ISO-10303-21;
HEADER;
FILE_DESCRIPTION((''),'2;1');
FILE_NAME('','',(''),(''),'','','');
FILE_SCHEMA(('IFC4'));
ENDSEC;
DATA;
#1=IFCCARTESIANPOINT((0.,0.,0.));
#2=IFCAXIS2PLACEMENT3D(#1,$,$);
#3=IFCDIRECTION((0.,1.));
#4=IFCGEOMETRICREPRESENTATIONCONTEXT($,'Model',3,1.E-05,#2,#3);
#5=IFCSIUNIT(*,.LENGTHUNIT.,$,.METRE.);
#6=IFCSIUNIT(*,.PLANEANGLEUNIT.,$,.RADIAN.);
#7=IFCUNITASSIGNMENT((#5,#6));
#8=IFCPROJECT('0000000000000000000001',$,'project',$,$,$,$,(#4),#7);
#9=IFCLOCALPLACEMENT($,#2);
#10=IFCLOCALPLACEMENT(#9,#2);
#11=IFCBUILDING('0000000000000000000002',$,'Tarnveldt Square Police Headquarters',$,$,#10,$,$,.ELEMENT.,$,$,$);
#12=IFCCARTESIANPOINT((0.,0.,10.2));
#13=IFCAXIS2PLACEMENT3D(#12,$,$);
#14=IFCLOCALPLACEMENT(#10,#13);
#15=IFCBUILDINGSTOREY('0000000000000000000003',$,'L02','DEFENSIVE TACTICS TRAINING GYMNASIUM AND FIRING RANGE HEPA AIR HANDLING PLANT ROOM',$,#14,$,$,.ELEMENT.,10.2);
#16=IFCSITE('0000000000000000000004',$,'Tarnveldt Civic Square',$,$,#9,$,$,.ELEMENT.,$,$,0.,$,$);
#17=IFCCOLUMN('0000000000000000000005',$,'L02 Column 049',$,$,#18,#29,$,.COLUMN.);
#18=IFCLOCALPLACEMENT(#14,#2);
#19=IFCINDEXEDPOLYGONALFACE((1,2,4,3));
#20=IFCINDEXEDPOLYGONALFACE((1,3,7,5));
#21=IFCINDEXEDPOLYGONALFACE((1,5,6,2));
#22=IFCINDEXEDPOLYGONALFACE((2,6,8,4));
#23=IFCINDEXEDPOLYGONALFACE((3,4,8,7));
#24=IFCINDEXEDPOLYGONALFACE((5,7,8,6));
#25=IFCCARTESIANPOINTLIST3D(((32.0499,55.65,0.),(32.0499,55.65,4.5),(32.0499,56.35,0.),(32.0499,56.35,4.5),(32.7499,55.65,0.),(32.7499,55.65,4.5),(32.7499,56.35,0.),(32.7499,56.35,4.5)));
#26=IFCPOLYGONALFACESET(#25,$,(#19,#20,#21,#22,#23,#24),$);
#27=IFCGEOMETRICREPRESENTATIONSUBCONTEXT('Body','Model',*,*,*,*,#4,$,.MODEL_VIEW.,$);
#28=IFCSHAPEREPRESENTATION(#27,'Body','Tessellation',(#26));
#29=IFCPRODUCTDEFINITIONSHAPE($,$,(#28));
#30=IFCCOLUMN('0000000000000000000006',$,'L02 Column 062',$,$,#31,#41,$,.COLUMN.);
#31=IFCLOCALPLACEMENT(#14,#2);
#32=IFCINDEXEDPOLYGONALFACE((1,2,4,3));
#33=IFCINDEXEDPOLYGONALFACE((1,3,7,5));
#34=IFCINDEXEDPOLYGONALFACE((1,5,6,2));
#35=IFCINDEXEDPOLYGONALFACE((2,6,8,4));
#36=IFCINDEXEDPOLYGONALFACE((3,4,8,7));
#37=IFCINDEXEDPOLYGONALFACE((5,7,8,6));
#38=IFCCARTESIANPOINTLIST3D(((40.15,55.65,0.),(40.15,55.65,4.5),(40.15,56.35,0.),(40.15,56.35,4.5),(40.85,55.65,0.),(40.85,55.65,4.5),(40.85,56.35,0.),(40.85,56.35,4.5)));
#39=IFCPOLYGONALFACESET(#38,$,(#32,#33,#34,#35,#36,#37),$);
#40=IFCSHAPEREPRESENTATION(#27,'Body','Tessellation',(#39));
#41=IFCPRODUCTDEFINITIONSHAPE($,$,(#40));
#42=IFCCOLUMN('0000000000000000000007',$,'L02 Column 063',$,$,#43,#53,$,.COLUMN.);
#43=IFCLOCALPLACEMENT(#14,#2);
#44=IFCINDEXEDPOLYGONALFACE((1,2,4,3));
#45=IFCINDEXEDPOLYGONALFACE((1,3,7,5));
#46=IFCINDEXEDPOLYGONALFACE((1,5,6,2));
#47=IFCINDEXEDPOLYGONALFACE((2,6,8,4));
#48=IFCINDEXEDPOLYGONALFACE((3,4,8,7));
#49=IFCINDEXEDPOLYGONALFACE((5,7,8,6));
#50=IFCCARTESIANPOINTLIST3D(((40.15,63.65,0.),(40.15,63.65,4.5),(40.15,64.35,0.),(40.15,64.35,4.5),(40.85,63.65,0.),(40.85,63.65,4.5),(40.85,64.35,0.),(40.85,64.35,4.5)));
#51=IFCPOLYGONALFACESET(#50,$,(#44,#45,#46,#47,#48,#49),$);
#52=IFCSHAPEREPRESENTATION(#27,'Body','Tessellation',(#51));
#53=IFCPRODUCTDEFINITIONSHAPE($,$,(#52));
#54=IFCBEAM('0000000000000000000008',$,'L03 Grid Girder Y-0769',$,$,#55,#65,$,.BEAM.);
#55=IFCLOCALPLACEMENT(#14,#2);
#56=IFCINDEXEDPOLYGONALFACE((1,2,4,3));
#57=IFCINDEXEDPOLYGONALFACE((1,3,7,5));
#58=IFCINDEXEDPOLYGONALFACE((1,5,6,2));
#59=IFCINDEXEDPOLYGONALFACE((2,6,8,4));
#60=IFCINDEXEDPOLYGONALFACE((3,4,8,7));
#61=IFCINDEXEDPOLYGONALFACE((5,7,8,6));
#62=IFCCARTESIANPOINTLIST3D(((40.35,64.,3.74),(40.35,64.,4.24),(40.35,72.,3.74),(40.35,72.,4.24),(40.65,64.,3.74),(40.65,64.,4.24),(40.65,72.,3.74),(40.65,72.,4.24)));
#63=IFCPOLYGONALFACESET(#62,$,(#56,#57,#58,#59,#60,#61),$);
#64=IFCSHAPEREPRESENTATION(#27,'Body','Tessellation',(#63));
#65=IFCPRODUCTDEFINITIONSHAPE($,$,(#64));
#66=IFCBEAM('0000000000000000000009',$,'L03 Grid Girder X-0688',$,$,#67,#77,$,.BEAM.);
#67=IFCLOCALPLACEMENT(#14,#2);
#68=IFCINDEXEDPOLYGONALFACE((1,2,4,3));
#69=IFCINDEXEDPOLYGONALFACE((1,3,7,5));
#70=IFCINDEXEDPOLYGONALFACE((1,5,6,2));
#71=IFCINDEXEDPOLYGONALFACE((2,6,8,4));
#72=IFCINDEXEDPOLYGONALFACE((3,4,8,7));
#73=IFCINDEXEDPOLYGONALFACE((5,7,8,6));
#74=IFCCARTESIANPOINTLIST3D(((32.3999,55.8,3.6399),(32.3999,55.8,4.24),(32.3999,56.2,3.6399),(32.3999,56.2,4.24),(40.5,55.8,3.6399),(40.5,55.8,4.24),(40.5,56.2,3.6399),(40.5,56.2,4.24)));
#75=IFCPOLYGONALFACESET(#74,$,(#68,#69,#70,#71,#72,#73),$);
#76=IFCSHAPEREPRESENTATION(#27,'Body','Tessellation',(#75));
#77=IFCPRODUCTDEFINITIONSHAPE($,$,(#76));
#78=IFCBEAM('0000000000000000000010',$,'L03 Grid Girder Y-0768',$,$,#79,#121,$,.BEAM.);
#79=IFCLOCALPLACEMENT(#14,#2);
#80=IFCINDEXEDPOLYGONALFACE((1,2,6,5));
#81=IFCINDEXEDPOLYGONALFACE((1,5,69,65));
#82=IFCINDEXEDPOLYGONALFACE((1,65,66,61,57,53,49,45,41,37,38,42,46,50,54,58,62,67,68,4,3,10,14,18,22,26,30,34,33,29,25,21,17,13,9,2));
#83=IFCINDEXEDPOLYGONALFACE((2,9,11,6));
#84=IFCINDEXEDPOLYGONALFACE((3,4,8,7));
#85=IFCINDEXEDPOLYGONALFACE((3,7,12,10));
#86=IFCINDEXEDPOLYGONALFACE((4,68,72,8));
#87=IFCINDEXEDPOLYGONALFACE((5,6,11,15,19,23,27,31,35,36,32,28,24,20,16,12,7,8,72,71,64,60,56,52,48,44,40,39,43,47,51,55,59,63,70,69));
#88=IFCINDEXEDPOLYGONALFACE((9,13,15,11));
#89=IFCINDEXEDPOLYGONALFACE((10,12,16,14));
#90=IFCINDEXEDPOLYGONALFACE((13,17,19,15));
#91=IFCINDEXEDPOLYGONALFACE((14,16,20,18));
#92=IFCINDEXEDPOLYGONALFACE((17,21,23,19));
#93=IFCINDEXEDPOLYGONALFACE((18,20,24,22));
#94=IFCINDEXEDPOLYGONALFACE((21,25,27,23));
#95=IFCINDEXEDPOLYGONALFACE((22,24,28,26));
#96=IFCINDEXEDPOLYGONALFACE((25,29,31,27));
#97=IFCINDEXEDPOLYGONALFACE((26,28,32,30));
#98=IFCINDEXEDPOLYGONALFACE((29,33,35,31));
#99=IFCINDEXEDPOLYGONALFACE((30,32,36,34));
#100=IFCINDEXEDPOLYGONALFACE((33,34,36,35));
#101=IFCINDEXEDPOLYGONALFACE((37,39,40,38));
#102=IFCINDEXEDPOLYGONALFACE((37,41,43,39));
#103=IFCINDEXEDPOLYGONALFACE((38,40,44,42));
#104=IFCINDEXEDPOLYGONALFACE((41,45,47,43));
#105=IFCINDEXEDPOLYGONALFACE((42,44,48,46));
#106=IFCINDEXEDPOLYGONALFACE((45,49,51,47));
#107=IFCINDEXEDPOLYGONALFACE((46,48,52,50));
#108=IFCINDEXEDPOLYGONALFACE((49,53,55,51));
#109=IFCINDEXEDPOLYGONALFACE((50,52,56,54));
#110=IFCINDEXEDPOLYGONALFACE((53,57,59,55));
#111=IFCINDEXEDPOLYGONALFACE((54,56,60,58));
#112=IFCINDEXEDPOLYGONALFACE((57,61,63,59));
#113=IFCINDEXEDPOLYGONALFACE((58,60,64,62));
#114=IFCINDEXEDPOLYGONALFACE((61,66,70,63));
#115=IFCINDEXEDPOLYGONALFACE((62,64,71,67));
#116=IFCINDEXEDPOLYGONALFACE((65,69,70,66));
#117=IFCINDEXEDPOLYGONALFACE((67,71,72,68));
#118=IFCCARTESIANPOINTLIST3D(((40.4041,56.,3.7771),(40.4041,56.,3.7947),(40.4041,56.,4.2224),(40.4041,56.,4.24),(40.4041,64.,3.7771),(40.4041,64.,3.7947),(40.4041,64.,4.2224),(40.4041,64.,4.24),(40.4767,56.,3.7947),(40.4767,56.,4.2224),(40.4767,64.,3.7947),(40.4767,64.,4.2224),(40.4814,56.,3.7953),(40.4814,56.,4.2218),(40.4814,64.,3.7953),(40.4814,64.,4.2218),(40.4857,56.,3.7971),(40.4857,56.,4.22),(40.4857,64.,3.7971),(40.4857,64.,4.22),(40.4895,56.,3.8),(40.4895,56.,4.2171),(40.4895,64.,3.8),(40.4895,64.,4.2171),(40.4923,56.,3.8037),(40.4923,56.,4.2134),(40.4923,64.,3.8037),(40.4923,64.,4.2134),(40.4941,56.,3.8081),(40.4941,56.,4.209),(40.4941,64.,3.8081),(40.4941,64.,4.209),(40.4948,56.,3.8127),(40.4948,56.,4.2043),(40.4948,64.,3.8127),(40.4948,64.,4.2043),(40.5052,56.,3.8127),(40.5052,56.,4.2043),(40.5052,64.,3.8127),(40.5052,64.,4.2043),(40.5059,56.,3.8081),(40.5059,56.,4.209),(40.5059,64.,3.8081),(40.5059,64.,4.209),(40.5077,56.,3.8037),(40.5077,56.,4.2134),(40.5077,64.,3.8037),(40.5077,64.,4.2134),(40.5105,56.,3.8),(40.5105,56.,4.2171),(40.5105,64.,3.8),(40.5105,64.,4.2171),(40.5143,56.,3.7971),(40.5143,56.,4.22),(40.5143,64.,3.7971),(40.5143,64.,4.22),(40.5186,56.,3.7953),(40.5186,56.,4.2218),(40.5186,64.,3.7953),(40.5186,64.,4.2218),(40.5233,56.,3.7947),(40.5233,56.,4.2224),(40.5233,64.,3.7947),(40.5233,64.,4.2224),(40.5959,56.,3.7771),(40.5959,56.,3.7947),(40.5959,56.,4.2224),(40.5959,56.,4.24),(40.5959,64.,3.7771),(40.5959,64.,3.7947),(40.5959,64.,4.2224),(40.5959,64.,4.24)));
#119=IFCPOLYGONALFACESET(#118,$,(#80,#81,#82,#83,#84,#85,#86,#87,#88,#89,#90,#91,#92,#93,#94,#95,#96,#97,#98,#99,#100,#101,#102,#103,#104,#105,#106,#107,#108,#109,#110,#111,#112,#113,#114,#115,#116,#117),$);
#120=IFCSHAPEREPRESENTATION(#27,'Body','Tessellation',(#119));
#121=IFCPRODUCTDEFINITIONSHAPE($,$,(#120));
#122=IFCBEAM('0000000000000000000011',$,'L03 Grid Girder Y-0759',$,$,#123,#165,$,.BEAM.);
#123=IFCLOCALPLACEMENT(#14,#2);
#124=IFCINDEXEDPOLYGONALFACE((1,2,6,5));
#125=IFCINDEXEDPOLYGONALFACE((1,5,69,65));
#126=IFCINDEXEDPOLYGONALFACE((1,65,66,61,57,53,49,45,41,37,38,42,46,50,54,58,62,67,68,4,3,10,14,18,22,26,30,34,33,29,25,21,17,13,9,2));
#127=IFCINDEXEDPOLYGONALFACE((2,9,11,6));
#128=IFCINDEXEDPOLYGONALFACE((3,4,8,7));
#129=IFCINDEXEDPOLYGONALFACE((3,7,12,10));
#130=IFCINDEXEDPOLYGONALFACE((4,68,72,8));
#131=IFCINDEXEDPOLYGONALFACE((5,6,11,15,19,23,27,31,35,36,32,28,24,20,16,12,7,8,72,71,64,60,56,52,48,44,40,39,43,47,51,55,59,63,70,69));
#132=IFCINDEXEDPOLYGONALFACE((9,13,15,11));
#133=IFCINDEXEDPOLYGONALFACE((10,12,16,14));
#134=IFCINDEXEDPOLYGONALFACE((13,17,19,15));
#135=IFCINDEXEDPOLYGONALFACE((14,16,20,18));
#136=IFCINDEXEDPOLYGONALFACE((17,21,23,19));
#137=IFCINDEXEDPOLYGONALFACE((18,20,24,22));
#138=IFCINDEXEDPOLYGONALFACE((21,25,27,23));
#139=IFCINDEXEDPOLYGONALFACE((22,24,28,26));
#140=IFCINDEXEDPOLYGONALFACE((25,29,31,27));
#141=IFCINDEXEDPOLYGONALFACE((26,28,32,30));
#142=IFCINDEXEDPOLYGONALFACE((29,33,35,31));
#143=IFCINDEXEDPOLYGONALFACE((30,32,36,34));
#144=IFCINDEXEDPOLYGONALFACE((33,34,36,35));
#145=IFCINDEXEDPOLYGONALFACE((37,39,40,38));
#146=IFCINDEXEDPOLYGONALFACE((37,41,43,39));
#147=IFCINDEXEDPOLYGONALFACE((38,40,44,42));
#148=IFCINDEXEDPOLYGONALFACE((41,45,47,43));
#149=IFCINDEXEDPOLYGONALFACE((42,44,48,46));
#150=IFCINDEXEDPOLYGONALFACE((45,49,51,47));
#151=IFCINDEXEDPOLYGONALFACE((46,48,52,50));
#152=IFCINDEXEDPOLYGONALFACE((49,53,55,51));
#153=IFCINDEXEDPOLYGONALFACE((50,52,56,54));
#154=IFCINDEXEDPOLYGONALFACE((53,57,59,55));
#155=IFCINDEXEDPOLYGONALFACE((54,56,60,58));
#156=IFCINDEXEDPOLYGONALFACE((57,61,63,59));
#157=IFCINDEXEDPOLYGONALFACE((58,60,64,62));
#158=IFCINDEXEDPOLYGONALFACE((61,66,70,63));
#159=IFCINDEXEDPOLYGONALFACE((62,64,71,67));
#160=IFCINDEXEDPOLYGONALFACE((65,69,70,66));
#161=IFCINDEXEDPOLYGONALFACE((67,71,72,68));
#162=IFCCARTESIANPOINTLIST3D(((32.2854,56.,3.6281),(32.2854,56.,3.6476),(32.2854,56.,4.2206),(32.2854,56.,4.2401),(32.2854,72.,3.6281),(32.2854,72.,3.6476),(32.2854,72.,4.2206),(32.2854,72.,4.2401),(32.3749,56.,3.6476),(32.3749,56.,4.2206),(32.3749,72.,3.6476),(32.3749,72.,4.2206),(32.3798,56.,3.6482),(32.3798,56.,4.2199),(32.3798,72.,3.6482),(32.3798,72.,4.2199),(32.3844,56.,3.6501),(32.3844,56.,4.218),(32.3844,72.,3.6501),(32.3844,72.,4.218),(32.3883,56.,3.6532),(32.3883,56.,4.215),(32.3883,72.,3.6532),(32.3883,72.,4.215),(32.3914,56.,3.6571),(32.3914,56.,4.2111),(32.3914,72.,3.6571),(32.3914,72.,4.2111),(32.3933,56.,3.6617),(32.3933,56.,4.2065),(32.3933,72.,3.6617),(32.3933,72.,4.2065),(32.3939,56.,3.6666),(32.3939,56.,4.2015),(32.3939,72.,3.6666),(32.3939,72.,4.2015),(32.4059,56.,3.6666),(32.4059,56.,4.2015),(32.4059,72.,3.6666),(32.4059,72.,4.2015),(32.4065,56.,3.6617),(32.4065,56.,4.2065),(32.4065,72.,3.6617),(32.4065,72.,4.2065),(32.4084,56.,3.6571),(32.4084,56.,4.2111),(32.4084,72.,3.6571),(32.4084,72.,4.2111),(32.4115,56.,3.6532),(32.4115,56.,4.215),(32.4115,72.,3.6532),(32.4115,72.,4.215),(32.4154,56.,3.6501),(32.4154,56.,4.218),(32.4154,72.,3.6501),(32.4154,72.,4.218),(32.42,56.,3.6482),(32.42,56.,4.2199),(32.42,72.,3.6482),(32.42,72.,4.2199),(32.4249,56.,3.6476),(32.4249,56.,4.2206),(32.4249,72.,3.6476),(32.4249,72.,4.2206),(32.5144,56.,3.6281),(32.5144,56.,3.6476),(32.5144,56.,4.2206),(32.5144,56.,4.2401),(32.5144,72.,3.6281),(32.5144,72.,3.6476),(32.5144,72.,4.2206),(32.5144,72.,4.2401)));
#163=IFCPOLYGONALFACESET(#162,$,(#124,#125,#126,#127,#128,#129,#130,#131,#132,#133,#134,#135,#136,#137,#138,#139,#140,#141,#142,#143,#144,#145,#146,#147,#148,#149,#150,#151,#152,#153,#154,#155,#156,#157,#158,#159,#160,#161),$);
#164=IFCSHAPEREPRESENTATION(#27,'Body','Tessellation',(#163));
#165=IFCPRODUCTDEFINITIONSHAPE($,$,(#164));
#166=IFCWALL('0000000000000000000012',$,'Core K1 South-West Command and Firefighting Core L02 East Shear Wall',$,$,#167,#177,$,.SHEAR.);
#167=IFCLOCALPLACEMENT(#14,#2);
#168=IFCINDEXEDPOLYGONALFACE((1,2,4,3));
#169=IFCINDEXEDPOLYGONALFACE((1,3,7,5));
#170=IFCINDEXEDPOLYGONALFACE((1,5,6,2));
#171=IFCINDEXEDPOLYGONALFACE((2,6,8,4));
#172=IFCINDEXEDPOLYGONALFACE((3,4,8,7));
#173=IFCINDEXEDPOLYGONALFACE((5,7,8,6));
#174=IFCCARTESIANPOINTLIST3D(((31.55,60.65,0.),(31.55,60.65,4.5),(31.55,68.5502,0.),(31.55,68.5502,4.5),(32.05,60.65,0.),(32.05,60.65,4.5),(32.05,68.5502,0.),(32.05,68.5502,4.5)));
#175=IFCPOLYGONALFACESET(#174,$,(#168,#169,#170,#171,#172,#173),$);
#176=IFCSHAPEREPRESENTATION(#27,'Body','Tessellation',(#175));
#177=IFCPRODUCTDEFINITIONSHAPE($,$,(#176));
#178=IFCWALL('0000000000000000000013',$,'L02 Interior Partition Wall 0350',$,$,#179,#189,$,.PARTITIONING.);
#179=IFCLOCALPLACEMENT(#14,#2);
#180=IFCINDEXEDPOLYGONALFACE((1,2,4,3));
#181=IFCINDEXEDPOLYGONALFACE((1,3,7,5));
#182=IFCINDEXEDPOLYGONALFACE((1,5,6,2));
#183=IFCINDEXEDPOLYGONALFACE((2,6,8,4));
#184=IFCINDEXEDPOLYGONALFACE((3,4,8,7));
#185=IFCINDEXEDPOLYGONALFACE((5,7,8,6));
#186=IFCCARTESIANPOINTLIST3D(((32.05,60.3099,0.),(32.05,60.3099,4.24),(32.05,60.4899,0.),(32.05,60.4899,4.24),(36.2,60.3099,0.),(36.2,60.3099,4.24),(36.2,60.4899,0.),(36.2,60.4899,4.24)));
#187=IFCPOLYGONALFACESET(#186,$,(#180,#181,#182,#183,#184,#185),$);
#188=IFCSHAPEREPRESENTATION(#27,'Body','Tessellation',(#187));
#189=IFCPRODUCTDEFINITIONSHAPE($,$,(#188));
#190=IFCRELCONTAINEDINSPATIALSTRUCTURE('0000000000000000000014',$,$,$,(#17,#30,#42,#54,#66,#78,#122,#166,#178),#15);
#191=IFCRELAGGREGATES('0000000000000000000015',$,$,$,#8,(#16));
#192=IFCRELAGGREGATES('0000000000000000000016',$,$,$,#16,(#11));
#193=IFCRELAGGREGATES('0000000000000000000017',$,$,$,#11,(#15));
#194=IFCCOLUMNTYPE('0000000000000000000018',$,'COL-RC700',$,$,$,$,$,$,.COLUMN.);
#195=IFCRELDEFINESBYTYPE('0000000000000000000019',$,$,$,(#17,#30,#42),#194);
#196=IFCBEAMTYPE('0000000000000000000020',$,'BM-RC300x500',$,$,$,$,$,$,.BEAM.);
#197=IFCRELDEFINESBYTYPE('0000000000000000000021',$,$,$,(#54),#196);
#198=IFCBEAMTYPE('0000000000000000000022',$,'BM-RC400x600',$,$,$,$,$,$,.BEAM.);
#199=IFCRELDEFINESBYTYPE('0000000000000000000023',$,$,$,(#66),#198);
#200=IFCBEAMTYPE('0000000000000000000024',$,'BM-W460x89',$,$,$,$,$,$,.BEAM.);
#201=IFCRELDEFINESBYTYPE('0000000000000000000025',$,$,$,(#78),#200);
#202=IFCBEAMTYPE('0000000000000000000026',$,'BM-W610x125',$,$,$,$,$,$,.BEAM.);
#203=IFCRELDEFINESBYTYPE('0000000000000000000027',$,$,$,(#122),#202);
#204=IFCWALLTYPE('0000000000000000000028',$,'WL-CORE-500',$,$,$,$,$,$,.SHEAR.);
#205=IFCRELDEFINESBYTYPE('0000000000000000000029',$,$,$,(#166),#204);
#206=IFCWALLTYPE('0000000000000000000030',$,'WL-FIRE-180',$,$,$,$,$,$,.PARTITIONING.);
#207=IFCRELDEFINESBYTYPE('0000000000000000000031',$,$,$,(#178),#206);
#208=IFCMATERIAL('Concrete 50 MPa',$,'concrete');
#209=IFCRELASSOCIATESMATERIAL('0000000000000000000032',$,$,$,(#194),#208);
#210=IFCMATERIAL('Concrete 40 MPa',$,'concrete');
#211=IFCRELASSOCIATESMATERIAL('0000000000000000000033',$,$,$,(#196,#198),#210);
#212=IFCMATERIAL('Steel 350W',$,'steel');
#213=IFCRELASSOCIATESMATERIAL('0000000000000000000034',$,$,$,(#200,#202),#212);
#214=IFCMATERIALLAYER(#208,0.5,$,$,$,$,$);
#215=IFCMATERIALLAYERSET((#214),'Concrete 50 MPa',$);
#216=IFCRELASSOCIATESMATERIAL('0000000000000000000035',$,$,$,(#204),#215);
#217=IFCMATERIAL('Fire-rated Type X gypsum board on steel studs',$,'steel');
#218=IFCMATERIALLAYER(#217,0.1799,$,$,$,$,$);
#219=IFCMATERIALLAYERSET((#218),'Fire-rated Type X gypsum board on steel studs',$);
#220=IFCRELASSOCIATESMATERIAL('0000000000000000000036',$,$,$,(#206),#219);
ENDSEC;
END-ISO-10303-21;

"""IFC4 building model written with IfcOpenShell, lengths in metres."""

from ifc_helpers import new_model, si_unit, direction, frame, frame_2d, origin, origin_2d, place, context, subcontext, project, spatial, rectangle, i_section, extrude, material, layer, layer_set, material_profile, profile_set, type_object, element, save


model = new_model("IFC4")

# Units and contexts
model_context = context("Model", 3, precision=1e-05, world=origin(), true_north=direction((0.0, 1.0)))
body_context = subcontext(model_context, "Body", "Model", "MODEL_VIEW")
ifc_project = project(units=[si_unit("LENGTHUNIT", "METRE"), si_unit("PLANEANGLEUNIT", "RADIAN")], contexts=[model_context])

# Site, building, storey
site_placement = place(None, origin())
site = spatial("IfcSite", under=ifc_project, at=site_placement, Name="Tarnveldt Civic Square", CompositionType="ELEMENT", RefElevation=0.0)
building_placement = place(site_placement, origin())
building = spatial("IfcBuilding", under=site, at=building_placement, Name="Tarnveldt Square Police Headquarters", CompositionType="ELEMENT")
storey_placement = place(building_placement, frame((0.0, 0.0, 10.2)))
storey = spatial("IfcBuildingStorey", under=building, at=storey_placement, Name="L02", Description="DEFENSIVE TACTICS TRAINING GYMNASIUM AND FIRING RANGE HEPA AIR HANDLING PLANT ROOM", CompositionType="ELEMENT", Elevation=10.2)

# Columns
ifc_material_1 = material(Name="Concrete 50 MPa", Category="concrete")
ifc_material_profile_1 = material_profile(ifc_material_1, rectangle(XDim=0.7, YDim=0.7, at=origin_2d()), Name="RC-C700x700")
ifc_profile_set_1 = profile_set([ifc_material_profile_1], Name="Concrete 50 MPa")
column_type = type_object("IfcColumnType", Name="COL-RC700", PredefinedType="COLUMN", material=ifc_profile_set_1)
for number, where, z_axis, x_axis, name in (
    (1, (32.3999, 56.0, 0.0), (0.0, 0.0, 1.0), (1.0, 0.0, 0.0), "L02 Column 049"),
    (2, (40.5, 56.0, 0.0), (0.0, 0.0, 1.0), (1.0, 0.0, 0.0), "L02 Column 062"),
    (3, (40.5, 64.0, 0.0), (0.0, 0.0, 1.0), (1.0, 0.0, 0.0), "L02 Column 063"),
):
    element("IfcColumn", number, at=place(storey_placement, frame(where, z_axis=z_axis, x_axis=x_axis)), inside=storey, type_object=column_type, Name=name, PredefinedType="COLUMN", context=body_context, shape_type="SweptSolid", body=[
        extrude(rectangle(XDim=0.7, YDim=0.7, at=origin_2d()), origin(), (0.0, 0.0, 1.0), 4.5),
    ])

# Beams
ifc_material_2 = material(Name="Concrete 40 MPa", Category="concrete")
ifc_material_profile_2 = material_profile(ifc_material_2, rectangle(XDim=0.3, YDim=0.5, at=origin_2d()), Name="RC-B300x500")
ifc_profile_set_2 = profile_set([ifc_material_profile_2], Name="Concrete 40 MPa")
beam_type_1 = type_object("IfcBeamType", Name="BM-RC300x500", PredefinedType="BEAM", material=ifc_profile_set_2)
beam_1_placement = place(storey_placement, frame((40.5, 64.0, 3.99), z_axis=(0.0, 1.0, 0.0), x_axis=(-1.0, 0.0, 0.0)))
element("IfcBeam", 4, at=beam_1_placement, inside=storey, type_object=beam_type_1, Name="L03 Grid Girder Y-0769", PredefinedType="BEAM", context=body_context, shape_type="SweptSolid", body=[
    extrude(rectangle(XDim=0.3, YDim=0.5, at=origin_2d()), origin(), (0.0, 0.0, 1.0), 8.0),
])
ifc_material_profile_3 = material_profile(ifc_material_2, rectangle(XDim=0.3999, YDim=0.6001, at=origin_2d()), Name="RC-B400x600")
ifc_profile_set_3 = profile_set([ifc_material_profile_3], Name="Concrete 40 MPa")
beam_type_2 = type_object("IfcBeamType", Name="BM-RC400x600", PredefinedType="BEAM", material=ifc_profile_set_3)
beam_2_placement = place(storey_placement, frame((32.3999, 56.0, 3.9399), z_axis=(1.0, 0.0, 0.0), x_axis=(0.0, 1.0, 0.0)))
element("IfcBeam", 5, at=beam_2_placement, inside=storey, type_object=beam_type_2, Name="L03 Grid Girder X-0688", PredefinedType="BEAM", context=body_context, shape_type="SweptSolid", body=[
    extrude(rectangle(XDim=0.3999, YDim=0.6001, at=origin_2d()), origin(), (0.0, 0.0, 1.0), 8.1001),
])
ifc_material_3 = material(Name="Steel 350W", Category="steel")
ifc_material_profile_4 = material_profile(ifc_material_3, i_section(OverallWidth=0.1919, OverallDepth=0.4629, WebThickness=0.0105, FlangeThickness=0.0176, FilletRadius=0.0181, at=origin_2d()), Name="W460x89")
ifc_profile_set_4 = profile_set([ifc_material_profile_4], Name="Steel 350W")
beam_type_3 = type_object("IfcBeamType", Name="BM-W460x89", PredefinedType="BEAM", material=ifc_profile_set_4)
beam_3_placement = place(storey_placement, frame((40.5, 56.0, 4.0085), z_axis=(0.0, 1.0, 0.0), x_axis=(-1.0, 0.0, 0.0)))
element("IfcBeam", 6, at=beam_3_placement, inside=storey, type_object=beam_type_3, Name="L03 Grid Girder Y-0768", PredefinedType="BEAM", context=body_context, shape_type="SweptSolid", body=[
    extrude(i_section(OverallWidth=0.1919, OverallDepth=0.4629, WebThickness=0.0105, FlangeThickness=0.0176, FilletRadius=0.0181, at=origin_2d()), origin(), (0.0, 0.0, 1.0), 8.0),
])
ifc_material_profile_5 = material_profile(ifc_material_3, i_section(OverallWidth=0.229, OverallDepth=0.6121, WebThickness=0.012, FlangeThickness=0.0195, FilletRadius=0.019, at=origin_2d()), Name="W610x125")
ifc_profile_set_5 = profile_set([ifc_material_profile_5], Name="Steel 350W")
beam_type_4 = type_object("IfcBeamType", Name="BM-W610x125", PredefinedType="BEAM", material=ifc_profile_set_5)
beam_4_placement = place(storey_placement, frame((32.3999, 56.0, 3.9341), z_axis=(0.0, 1.0, 0.0), x_axis=(-1.0, 0.0, 0.0)))
element("IfcBeam", 7, at=beam_4_placement, inside=storey, type_object=beam_type_4, Name="L03 Grid Girder Y-0759", PredefinedType="BEAM", context=body_context, shape_type="SweptSolid", body=[
    extrude(i_section(OverallWidth=0.229, OverallDepth=0.6121, WebThickness=0.012, FlangeThickness=0.0195, FilletRadius=0.019, at=origin_2d()), origin(), (0.0, 0.0, 1.0), 16.0),
])

# Walls
ifc_layer_1 = layer(ifc_material_1, 0.5)
ifc_layer_set_1 = layer_set([ifc_layer_1], Name="Concrete 50 MPa")
wall_type_1 = type_object("IfcWallType", Name="WL-CORE-500", PredefinedType="SHEAR", material=ifc_layer_set_1)
wall_1_placement = place(storey_placement, frame((31.8, 60.6499, 0.0), z_axis=(0.0, 0.0, 1.0), x_axis=(0.0, 1.0, 0.0)))
element("IfcWall", 8, at=wall_1_placement, inside=storey, type_object=wall_type_1, Name="Core K1 South-West Command and Firefighting Core L02 East Shear Wall", PredefinedType="SHEAR", context=body_context, shape_type="SweptSolid", body=[
    extrude(rectangle(XDim=7.9001, YDim=0.5, at=frame_2d((3.9502, 0.0))), origin(), (0.0, 0.0, 1.0), 4.5),
])
ifc_material_4 = material(Name="Fire-rated Type X gypsum board on steel studs", Category="steel")
ifc_layer_2 = layer(ifc_material_4, 0.1799)
ifc_layer_set_2 = layer_set([ifc_layer_2], Name="Fire-rated Type X gypsum board on steel studs")
wall_type_2 = type_object("IfcWallType", Name="WL-FIRE-180", PredefinedType="PARTITIONING", material=ifc_layer_set_2)
wall_2_placement = place(storey_placement, frame((32.05, 60.3999, 0.0), z_axis=(0.0, 0.0, 1.0), x_axis=(1.0, 0.0, 0.0)))
element("IfcWall", 9, at=wall_2_placement, inside=storey, type_object=wall_type_2, Name="L02 Interior Partition Wall 0350", PredefinedType="PARTITIONING", context=body_context, shape_type="SweptSolid", body=[
    extrude(rectangle(XDim=4.1499, YDim=0.1799, at=frame_2d((2.075, 0.0))), origin(), (0.0, 0.0, 1.0), 4.24),
])

save(model, "model.ifc")
